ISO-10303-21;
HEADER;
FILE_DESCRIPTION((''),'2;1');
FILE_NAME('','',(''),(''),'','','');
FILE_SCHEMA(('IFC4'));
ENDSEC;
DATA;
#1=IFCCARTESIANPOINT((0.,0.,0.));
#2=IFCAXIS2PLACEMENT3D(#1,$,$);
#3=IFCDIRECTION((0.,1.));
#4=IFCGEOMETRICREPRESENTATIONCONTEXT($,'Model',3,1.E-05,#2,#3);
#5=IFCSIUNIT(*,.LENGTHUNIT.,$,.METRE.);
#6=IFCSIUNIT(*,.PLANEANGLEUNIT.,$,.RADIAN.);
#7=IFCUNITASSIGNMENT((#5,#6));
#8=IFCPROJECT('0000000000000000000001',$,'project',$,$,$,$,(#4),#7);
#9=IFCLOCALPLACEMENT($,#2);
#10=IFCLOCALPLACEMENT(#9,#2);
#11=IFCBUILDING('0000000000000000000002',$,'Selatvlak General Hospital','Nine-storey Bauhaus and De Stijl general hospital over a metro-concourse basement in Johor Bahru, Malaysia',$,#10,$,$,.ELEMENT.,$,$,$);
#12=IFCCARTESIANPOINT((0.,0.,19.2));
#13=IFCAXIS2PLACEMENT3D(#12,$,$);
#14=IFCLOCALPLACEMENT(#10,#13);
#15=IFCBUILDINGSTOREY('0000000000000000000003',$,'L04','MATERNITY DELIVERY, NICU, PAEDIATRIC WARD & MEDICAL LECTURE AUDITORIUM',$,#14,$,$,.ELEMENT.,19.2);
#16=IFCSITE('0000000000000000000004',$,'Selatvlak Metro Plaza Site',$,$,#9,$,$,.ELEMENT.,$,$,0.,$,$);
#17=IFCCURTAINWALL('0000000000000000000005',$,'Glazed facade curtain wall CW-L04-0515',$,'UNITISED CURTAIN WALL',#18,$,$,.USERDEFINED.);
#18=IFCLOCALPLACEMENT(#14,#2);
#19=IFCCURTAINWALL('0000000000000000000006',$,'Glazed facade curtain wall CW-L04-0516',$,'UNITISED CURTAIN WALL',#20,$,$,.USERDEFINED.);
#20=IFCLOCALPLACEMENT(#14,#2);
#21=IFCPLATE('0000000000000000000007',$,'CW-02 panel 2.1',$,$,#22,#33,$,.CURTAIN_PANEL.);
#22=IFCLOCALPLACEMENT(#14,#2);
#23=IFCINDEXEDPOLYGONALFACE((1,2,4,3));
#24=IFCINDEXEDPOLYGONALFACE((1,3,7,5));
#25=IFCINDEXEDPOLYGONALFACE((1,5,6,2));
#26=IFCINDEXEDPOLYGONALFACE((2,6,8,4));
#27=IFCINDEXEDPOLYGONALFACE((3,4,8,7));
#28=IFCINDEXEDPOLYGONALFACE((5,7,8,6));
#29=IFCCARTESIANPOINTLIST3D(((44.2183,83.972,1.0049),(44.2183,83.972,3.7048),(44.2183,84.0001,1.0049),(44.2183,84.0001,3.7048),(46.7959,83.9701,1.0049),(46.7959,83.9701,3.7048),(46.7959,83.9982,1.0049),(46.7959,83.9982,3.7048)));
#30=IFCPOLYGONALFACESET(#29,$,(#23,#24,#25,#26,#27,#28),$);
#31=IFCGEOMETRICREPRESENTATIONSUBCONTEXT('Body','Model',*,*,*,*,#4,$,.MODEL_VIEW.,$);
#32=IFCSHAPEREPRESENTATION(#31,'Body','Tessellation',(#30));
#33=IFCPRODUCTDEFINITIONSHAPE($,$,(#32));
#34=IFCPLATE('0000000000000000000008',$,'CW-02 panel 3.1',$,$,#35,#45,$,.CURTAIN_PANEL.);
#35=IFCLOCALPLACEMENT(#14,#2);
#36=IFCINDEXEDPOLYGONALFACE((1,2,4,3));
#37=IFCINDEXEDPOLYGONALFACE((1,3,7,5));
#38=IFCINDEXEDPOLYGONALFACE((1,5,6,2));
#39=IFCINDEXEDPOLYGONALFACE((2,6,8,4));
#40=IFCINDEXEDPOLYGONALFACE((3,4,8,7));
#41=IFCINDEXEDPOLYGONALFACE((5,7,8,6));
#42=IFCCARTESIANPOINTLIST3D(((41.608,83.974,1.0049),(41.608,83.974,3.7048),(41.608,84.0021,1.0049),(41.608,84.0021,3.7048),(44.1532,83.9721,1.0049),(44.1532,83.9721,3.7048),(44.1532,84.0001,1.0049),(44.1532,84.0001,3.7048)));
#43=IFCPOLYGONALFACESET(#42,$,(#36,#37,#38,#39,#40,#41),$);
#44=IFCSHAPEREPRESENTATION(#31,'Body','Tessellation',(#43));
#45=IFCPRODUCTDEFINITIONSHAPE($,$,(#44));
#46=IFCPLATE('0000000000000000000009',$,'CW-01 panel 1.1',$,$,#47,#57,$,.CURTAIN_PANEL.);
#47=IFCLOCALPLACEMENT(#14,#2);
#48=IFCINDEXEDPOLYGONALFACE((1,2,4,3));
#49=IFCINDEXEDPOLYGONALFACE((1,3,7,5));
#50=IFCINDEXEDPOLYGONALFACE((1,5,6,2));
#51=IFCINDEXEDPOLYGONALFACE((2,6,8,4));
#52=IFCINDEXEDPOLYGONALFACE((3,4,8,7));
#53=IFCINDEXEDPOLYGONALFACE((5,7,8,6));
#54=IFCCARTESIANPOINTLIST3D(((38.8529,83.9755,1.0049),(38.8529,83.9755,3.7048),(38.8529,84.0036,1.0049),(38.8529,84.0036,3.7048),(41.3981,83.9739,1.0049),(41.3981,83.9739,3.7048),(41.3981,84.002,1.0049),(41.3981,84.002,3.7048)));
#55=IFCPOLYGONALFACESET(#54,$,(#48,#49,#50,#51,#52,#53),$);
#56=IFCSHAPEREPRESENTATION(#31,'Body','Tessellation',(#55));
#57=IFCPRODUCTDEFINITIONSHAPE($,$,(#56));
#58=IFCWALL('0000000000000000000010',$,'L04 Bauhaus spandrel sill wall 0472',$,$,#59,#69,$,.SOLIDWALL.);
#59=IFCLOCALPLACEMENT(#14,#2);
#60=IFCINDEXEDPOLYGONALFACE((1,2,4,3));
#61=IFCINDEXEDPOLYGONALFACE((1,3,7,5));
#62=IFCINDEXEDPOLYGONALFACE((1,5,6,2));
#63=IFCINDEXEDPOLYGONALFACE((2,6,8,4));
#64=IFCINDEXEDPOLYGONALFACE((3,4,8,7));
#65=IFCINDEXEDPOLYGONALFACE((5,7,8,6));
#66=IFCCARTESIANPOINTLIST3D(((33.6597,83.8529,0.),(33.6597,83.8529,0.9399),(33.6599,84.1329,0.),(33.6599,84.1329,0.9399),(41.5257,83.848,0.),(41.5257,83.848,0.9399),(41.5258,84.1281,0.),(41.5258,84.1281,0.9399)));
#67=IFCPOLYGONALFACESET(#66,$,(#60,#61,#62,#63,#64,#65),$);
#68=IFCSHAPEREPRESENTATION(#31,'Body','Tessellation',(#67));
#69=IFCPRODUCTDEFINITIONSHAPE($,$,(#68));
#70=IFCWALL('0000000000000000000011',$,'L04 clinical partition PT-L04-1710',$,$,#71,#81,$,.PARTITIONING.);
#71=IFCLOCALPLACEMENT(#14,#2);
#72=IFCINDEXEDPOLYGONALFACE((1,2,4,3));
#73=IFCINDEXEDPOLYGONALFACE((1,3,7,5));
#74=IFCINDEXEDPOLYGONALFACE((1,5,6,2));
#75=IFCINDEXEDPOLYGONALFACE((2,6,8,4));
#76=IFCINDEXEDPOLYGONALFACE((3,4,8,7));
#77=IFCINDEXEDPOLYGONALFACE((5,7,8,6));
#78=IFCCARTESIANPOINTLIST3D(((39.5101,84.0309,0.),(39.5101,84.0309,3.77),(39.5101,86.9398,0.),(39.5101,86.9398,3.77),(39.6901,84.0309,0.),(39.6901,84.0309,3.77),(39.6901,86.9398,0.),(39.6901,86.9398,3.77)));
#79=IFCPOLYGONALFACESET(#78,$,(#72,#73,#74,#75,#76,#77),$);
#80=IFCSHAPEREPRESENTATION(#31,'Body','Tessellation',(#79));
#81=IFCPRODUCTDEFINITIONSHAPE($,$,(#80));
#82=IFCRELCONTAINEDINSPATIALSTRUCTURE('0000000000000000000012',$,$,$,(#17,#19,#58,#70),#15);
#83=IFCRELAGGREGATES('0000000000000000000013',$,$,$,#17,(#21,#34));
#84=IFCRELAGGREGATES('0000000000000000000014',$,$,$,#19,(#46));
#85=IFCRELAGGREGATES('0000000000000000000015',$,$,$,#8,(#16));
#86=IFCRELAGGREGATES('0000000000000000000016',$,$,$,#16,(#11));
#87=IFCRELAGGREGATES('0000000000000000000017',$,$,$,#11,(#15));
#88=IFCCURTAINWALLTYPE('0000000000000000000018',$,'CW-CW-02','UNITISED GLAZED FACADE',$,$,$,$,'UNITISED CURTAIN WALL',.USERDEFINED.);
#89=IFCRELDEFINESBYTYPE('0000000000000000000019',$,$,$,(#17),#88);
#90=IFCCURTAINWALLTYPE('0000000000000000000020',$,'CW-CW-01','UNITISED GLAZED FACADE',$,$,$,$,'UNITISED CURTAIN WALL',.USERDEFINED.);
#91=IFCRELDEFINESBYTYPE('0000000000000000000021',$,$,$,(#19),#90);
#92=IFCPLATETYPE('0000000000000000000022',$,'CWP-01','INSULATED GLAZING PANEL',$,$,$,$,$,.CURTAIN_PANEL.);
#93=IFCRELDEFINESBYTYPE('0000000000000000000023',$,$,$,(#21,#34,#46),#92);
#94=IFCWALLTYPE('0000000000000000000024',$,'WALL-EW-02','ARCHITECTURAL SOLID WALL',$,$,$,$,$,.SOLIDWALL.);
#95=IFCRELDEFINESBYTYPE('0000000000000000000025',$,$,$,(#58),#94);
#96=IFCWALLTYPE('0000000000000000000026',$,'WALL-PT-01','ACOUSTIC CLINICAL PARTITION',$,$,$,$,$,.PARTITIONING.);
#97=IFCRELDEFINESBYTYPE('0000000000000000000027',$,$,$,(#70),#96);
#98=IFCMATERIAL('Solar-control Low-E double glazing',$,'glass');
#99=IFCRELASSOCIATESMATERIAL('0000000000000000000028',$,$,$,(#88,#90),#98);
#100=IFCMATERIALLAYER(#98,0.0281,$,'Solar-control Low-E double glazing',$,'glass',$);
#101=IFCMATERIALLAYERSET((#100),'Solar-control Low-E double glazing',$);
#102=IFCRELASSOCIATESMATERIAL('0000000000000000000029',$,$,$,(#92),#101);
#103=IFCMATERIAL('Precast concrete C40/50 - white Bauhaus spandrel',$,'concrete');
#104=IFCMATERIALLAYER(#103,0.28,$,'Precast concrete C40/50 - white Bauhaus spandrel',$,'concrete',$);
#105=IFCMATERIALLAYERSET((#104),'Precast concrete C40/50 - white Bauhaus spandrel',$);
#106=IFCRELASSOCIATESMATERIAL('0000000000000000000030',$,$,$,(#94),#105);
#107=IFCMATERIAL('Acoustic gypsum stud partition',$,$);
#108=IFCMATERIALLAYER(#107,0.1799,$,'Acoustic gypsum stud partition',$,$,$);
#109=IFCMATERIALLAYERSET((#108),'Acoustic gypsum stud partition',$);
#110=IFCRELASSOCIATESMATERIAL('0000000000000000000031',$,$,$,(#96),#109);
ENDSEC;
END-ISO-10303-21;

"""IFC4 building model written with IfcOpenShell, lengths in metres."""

from ifc_helpers import new_model, si_unit, direction, frame, frame_2d, origin, origin_2d, place, context, subcontext, project, spatial, rectangle, extrude, material, layer, layer_set, type_object, element, aggregate, save


model = new_model("IFC4")

# Units and contexts
model_context = context("Model", 3, precision=1e-05, world=origin(), true_north=direction((0.0, 1.0)))
body_context = subcontext(model_context, "Body", "Model", "MODEL_VIEW")
ifc_project = project(units=[si_unit("LENGTHUNIT", "METRE"), si_unit("PLANEANGLEUNIT", "RADIAN")], contexts=[model_context])

# Site, building, storey
site_placement = place(None, origin())
site = spatial("IfcSite", under=ifc_project, at=site_placement, Name="Selatvlak Metro Plaza Site", CompositionType="ELEMENT", RefElevation=0.0)
building_placement = place(site_placement, origin())
building = spatial("IfcBuilding", under=site, at=building_placement, Name="Selatvlak General Hospital", Description="Nine-storey Bauhaus and De Stijl general hospital over a metro-concourse basement in Johor Bahru, Malaysia", CompositionType="ELEMENT")
storey_placement = place(building_placement, frame((0.0, 0.0, 19.2)))
storey = spatial("IfcBuildingStorey", under=building, at=storey_placement, Name="L04", Description="MATERNITY DELIVERY, NICU, PAEDIATRIC WARD & MEDICAL LECTURE AUDITORIUM", CompositionType="ELEMENT", Elevation=19.2)

# Curtain walls
ifc_material_1 = material(Name="Solar-control Low-E double glazing", Category="glass")
curtain_wall_type_1 = type_object("IfcCurtainWallType", Name="CW-CW-02", Description="UNITISED GLAZED FACADE", ElementType="UNITISED CURTAIN WALL", PredefinedType="USERDEFINED", material=ifc_material_1)
curtain_wall_1_placement = place(storey_placement, origin())
curtain_wall_1 = element("IfcCurtainWall", 1, at=curtain_wall_1_placement, inside=storey, type_object=curtain_wall_type_1, Name="Glazed facade curtain wall CW-L04-0515", ObjectType="UNITISED CURTAIN WALL", PredefinedType="USERDEFINED")
curtain_wall_type_2 = type_object("IfcCurtainWallType", Name="CW-CW-01", Description="UNITISED GLAZED FACADE", ElementType="UNITISED CURTAIN WALL", PredefinedType="USERDEFINED", material=ifc_material_1)
curtain_wall_2_placement = place(storey_placement, origin())
curtain_wall_2 = element("IfcCurtainWall", 2, at=curtain_wall_2_placement, inside=storey, type_object=curtain_wall_type_2, Name="Glazed facade curtain wall CW-L04-0516", ObjectType="UNITISED CURTAIN WALL", PredefinedType="USERDEFINED")

# Plates
ifc_layer_1 = layer(ifc_material_1, 0.0281, Name="Solar-control Low-E double glazing", Category="glass")
ifc_layer_set_1 = layer_set([ifc_layer_1], Name="Solar-control Low-E double glazing")
plate_type = type_object("IfcPlateType", Name="CWP-01", Description="INSULATED GLAZING PANEL", PredefinedType="CURTAIN_PANEL", material=ifc_layer_set_1)
plate_1_placement = place(storey_placement, frame((45.5071, 83.9851, 1.0049), z_axis=(0.0, 0.0, 1.0), x_axis=(-1.0, 0.000757, 0.0)))
plate_1 = element("IfcPlate", 3, at=plate_1_placement, type_object=plate_type, Name="CW-02 panel 2.1", PredefinedType="CURTAIN_PANEL", context=body_context, shape_type="SweptSolid", body=[
    extrude(rectangle(XDim=2.5776, YDim=0.0281, at=origin_2d()), origin(), (0.0, 0.0, 1.0), 2.7),
])
plate_2_placement = place(storey_placement, frame((42.8806, 83.9871, 1.0049), z_axis=(0.0, 0.0, 1.0), x_axis=(-1.0, 0.000757, 0.0)))
plate_2 = element("IfcPlate", 4, at=plate_2_placement, type_object=plate_type, Name="CW-02 panel 3.1", PredefinedType="CURTAIN_PANEL", context=body_context, shape_type="SweptSolid", body=[
    extrude(rectangle(XDim=2.5452, YDim=0.0281, at=origin_2d()), origin(), (0.0, 0.0, 1.0), 2.7),
])
aggregate(curtain_wall_1, [plate_1, plate_2])
plate_3_placement = place(storey_placement, frame((40.1255, 83.9888, 1.0049), z_axis=(0.0, 0.0, 1.0), x_axis=(-1.0, 0.000631, 0.0)))
plate_3 = element("IfcPlate", 5, at=plate_3_placement, type_object=plate_type, Name="CW-01 panel 1.1", PredefinedType="CURTAIN_PANEL", context=body_context, shape_type="SweptSolid", body=[
    extrude(rectangle(XDim=2.5452, YDim=0.0281, at=origin_2d()), origin(), (0.0, 0.0, 1.0), 2.7),
])
aggregate(curtain_wall_2, [plate_3])

# Walls
ifc_material_2 = material(Name="Precast concrete C40/50 - white Bauhaus spandrel", Category="concrete")
ifc_layer_2 = layer(ifc_material_2, 0.28, Name="Precast concrete C40/50 - white Bauhaus spandrel", Category="concrete")
ifc_layer_set_2 = layer_set([ifc_layer_2], Name="Precast concrete C40/50 - white Bauhaus spandrel")
wall_type_1 = type_object("IfcWallType", Name="WALL-EW-02", Description="ARCHITECTURAL SOLID WALL", PredefinedType="SOLIDWALL", material=ifc_layer_set_2)
wall_1_placement = place(storey_placement, frame((41.5259, 83.988, 0.0), z_axis=(0.0, 0.0, 1.0), x_axis=(-1.0, 0.000621, 0.0)))
element("IfcWall", 6, at=wall_1_placement, inside=storey, type_object=wall_type_1, Name="L04 Bauhaus spandrel sill wall 0472", PredefinedType="SOLIDWALL", context=body_context, shape_type="SweptSolid", body=[
    extrude(rectangle(XDim=7.866, YDim=0.28, at=frame_2d((3.9331, 0.0))), origin(), (0.0, 0.0, 1.0), 0.9399),
])
ifc_material_3 = material(Name="Acoustic gypsum stud partition")
ifc_layer_3 = layer(ifc_material_3, 0.1799, Name="Acoustic gypsum stud partition")
ifc_layer_set_3 = layer_set([ifc_layer_3], Name="Acoustic gypsum stud partition")
wall_type_2 = type_object("IfcWallType", Name="WALL-PT-01", Description="ACOUSTIC CLINICAL PARTITION", PredefinedType="PARTITIONING", material=ifc_layer_set_3)
wall_2_placement = place(storey_placement, frame((39.6001, 86.9399, 0.0), z_axis=(0.0, 0.0, 1.0), x_axis=(0.0, -1.0, 0.0)))
element("IfcWall", 7, at=wall_2_placement, inside=storey, type_object=wall_type_2, Name="L04 clinical partition PT-L04-1710", PredefinedType="PARTITIONING", context=body_context, shape_type="SweptSolid", body=[
    extrude(rectangle(XDim=2.9089, YDim=0.1799, at=frame_2d((1.4546, 0.0))), origin(), (0.0, 0.0, 1.0), 3.77),
])

save(model, "model.ifc")
